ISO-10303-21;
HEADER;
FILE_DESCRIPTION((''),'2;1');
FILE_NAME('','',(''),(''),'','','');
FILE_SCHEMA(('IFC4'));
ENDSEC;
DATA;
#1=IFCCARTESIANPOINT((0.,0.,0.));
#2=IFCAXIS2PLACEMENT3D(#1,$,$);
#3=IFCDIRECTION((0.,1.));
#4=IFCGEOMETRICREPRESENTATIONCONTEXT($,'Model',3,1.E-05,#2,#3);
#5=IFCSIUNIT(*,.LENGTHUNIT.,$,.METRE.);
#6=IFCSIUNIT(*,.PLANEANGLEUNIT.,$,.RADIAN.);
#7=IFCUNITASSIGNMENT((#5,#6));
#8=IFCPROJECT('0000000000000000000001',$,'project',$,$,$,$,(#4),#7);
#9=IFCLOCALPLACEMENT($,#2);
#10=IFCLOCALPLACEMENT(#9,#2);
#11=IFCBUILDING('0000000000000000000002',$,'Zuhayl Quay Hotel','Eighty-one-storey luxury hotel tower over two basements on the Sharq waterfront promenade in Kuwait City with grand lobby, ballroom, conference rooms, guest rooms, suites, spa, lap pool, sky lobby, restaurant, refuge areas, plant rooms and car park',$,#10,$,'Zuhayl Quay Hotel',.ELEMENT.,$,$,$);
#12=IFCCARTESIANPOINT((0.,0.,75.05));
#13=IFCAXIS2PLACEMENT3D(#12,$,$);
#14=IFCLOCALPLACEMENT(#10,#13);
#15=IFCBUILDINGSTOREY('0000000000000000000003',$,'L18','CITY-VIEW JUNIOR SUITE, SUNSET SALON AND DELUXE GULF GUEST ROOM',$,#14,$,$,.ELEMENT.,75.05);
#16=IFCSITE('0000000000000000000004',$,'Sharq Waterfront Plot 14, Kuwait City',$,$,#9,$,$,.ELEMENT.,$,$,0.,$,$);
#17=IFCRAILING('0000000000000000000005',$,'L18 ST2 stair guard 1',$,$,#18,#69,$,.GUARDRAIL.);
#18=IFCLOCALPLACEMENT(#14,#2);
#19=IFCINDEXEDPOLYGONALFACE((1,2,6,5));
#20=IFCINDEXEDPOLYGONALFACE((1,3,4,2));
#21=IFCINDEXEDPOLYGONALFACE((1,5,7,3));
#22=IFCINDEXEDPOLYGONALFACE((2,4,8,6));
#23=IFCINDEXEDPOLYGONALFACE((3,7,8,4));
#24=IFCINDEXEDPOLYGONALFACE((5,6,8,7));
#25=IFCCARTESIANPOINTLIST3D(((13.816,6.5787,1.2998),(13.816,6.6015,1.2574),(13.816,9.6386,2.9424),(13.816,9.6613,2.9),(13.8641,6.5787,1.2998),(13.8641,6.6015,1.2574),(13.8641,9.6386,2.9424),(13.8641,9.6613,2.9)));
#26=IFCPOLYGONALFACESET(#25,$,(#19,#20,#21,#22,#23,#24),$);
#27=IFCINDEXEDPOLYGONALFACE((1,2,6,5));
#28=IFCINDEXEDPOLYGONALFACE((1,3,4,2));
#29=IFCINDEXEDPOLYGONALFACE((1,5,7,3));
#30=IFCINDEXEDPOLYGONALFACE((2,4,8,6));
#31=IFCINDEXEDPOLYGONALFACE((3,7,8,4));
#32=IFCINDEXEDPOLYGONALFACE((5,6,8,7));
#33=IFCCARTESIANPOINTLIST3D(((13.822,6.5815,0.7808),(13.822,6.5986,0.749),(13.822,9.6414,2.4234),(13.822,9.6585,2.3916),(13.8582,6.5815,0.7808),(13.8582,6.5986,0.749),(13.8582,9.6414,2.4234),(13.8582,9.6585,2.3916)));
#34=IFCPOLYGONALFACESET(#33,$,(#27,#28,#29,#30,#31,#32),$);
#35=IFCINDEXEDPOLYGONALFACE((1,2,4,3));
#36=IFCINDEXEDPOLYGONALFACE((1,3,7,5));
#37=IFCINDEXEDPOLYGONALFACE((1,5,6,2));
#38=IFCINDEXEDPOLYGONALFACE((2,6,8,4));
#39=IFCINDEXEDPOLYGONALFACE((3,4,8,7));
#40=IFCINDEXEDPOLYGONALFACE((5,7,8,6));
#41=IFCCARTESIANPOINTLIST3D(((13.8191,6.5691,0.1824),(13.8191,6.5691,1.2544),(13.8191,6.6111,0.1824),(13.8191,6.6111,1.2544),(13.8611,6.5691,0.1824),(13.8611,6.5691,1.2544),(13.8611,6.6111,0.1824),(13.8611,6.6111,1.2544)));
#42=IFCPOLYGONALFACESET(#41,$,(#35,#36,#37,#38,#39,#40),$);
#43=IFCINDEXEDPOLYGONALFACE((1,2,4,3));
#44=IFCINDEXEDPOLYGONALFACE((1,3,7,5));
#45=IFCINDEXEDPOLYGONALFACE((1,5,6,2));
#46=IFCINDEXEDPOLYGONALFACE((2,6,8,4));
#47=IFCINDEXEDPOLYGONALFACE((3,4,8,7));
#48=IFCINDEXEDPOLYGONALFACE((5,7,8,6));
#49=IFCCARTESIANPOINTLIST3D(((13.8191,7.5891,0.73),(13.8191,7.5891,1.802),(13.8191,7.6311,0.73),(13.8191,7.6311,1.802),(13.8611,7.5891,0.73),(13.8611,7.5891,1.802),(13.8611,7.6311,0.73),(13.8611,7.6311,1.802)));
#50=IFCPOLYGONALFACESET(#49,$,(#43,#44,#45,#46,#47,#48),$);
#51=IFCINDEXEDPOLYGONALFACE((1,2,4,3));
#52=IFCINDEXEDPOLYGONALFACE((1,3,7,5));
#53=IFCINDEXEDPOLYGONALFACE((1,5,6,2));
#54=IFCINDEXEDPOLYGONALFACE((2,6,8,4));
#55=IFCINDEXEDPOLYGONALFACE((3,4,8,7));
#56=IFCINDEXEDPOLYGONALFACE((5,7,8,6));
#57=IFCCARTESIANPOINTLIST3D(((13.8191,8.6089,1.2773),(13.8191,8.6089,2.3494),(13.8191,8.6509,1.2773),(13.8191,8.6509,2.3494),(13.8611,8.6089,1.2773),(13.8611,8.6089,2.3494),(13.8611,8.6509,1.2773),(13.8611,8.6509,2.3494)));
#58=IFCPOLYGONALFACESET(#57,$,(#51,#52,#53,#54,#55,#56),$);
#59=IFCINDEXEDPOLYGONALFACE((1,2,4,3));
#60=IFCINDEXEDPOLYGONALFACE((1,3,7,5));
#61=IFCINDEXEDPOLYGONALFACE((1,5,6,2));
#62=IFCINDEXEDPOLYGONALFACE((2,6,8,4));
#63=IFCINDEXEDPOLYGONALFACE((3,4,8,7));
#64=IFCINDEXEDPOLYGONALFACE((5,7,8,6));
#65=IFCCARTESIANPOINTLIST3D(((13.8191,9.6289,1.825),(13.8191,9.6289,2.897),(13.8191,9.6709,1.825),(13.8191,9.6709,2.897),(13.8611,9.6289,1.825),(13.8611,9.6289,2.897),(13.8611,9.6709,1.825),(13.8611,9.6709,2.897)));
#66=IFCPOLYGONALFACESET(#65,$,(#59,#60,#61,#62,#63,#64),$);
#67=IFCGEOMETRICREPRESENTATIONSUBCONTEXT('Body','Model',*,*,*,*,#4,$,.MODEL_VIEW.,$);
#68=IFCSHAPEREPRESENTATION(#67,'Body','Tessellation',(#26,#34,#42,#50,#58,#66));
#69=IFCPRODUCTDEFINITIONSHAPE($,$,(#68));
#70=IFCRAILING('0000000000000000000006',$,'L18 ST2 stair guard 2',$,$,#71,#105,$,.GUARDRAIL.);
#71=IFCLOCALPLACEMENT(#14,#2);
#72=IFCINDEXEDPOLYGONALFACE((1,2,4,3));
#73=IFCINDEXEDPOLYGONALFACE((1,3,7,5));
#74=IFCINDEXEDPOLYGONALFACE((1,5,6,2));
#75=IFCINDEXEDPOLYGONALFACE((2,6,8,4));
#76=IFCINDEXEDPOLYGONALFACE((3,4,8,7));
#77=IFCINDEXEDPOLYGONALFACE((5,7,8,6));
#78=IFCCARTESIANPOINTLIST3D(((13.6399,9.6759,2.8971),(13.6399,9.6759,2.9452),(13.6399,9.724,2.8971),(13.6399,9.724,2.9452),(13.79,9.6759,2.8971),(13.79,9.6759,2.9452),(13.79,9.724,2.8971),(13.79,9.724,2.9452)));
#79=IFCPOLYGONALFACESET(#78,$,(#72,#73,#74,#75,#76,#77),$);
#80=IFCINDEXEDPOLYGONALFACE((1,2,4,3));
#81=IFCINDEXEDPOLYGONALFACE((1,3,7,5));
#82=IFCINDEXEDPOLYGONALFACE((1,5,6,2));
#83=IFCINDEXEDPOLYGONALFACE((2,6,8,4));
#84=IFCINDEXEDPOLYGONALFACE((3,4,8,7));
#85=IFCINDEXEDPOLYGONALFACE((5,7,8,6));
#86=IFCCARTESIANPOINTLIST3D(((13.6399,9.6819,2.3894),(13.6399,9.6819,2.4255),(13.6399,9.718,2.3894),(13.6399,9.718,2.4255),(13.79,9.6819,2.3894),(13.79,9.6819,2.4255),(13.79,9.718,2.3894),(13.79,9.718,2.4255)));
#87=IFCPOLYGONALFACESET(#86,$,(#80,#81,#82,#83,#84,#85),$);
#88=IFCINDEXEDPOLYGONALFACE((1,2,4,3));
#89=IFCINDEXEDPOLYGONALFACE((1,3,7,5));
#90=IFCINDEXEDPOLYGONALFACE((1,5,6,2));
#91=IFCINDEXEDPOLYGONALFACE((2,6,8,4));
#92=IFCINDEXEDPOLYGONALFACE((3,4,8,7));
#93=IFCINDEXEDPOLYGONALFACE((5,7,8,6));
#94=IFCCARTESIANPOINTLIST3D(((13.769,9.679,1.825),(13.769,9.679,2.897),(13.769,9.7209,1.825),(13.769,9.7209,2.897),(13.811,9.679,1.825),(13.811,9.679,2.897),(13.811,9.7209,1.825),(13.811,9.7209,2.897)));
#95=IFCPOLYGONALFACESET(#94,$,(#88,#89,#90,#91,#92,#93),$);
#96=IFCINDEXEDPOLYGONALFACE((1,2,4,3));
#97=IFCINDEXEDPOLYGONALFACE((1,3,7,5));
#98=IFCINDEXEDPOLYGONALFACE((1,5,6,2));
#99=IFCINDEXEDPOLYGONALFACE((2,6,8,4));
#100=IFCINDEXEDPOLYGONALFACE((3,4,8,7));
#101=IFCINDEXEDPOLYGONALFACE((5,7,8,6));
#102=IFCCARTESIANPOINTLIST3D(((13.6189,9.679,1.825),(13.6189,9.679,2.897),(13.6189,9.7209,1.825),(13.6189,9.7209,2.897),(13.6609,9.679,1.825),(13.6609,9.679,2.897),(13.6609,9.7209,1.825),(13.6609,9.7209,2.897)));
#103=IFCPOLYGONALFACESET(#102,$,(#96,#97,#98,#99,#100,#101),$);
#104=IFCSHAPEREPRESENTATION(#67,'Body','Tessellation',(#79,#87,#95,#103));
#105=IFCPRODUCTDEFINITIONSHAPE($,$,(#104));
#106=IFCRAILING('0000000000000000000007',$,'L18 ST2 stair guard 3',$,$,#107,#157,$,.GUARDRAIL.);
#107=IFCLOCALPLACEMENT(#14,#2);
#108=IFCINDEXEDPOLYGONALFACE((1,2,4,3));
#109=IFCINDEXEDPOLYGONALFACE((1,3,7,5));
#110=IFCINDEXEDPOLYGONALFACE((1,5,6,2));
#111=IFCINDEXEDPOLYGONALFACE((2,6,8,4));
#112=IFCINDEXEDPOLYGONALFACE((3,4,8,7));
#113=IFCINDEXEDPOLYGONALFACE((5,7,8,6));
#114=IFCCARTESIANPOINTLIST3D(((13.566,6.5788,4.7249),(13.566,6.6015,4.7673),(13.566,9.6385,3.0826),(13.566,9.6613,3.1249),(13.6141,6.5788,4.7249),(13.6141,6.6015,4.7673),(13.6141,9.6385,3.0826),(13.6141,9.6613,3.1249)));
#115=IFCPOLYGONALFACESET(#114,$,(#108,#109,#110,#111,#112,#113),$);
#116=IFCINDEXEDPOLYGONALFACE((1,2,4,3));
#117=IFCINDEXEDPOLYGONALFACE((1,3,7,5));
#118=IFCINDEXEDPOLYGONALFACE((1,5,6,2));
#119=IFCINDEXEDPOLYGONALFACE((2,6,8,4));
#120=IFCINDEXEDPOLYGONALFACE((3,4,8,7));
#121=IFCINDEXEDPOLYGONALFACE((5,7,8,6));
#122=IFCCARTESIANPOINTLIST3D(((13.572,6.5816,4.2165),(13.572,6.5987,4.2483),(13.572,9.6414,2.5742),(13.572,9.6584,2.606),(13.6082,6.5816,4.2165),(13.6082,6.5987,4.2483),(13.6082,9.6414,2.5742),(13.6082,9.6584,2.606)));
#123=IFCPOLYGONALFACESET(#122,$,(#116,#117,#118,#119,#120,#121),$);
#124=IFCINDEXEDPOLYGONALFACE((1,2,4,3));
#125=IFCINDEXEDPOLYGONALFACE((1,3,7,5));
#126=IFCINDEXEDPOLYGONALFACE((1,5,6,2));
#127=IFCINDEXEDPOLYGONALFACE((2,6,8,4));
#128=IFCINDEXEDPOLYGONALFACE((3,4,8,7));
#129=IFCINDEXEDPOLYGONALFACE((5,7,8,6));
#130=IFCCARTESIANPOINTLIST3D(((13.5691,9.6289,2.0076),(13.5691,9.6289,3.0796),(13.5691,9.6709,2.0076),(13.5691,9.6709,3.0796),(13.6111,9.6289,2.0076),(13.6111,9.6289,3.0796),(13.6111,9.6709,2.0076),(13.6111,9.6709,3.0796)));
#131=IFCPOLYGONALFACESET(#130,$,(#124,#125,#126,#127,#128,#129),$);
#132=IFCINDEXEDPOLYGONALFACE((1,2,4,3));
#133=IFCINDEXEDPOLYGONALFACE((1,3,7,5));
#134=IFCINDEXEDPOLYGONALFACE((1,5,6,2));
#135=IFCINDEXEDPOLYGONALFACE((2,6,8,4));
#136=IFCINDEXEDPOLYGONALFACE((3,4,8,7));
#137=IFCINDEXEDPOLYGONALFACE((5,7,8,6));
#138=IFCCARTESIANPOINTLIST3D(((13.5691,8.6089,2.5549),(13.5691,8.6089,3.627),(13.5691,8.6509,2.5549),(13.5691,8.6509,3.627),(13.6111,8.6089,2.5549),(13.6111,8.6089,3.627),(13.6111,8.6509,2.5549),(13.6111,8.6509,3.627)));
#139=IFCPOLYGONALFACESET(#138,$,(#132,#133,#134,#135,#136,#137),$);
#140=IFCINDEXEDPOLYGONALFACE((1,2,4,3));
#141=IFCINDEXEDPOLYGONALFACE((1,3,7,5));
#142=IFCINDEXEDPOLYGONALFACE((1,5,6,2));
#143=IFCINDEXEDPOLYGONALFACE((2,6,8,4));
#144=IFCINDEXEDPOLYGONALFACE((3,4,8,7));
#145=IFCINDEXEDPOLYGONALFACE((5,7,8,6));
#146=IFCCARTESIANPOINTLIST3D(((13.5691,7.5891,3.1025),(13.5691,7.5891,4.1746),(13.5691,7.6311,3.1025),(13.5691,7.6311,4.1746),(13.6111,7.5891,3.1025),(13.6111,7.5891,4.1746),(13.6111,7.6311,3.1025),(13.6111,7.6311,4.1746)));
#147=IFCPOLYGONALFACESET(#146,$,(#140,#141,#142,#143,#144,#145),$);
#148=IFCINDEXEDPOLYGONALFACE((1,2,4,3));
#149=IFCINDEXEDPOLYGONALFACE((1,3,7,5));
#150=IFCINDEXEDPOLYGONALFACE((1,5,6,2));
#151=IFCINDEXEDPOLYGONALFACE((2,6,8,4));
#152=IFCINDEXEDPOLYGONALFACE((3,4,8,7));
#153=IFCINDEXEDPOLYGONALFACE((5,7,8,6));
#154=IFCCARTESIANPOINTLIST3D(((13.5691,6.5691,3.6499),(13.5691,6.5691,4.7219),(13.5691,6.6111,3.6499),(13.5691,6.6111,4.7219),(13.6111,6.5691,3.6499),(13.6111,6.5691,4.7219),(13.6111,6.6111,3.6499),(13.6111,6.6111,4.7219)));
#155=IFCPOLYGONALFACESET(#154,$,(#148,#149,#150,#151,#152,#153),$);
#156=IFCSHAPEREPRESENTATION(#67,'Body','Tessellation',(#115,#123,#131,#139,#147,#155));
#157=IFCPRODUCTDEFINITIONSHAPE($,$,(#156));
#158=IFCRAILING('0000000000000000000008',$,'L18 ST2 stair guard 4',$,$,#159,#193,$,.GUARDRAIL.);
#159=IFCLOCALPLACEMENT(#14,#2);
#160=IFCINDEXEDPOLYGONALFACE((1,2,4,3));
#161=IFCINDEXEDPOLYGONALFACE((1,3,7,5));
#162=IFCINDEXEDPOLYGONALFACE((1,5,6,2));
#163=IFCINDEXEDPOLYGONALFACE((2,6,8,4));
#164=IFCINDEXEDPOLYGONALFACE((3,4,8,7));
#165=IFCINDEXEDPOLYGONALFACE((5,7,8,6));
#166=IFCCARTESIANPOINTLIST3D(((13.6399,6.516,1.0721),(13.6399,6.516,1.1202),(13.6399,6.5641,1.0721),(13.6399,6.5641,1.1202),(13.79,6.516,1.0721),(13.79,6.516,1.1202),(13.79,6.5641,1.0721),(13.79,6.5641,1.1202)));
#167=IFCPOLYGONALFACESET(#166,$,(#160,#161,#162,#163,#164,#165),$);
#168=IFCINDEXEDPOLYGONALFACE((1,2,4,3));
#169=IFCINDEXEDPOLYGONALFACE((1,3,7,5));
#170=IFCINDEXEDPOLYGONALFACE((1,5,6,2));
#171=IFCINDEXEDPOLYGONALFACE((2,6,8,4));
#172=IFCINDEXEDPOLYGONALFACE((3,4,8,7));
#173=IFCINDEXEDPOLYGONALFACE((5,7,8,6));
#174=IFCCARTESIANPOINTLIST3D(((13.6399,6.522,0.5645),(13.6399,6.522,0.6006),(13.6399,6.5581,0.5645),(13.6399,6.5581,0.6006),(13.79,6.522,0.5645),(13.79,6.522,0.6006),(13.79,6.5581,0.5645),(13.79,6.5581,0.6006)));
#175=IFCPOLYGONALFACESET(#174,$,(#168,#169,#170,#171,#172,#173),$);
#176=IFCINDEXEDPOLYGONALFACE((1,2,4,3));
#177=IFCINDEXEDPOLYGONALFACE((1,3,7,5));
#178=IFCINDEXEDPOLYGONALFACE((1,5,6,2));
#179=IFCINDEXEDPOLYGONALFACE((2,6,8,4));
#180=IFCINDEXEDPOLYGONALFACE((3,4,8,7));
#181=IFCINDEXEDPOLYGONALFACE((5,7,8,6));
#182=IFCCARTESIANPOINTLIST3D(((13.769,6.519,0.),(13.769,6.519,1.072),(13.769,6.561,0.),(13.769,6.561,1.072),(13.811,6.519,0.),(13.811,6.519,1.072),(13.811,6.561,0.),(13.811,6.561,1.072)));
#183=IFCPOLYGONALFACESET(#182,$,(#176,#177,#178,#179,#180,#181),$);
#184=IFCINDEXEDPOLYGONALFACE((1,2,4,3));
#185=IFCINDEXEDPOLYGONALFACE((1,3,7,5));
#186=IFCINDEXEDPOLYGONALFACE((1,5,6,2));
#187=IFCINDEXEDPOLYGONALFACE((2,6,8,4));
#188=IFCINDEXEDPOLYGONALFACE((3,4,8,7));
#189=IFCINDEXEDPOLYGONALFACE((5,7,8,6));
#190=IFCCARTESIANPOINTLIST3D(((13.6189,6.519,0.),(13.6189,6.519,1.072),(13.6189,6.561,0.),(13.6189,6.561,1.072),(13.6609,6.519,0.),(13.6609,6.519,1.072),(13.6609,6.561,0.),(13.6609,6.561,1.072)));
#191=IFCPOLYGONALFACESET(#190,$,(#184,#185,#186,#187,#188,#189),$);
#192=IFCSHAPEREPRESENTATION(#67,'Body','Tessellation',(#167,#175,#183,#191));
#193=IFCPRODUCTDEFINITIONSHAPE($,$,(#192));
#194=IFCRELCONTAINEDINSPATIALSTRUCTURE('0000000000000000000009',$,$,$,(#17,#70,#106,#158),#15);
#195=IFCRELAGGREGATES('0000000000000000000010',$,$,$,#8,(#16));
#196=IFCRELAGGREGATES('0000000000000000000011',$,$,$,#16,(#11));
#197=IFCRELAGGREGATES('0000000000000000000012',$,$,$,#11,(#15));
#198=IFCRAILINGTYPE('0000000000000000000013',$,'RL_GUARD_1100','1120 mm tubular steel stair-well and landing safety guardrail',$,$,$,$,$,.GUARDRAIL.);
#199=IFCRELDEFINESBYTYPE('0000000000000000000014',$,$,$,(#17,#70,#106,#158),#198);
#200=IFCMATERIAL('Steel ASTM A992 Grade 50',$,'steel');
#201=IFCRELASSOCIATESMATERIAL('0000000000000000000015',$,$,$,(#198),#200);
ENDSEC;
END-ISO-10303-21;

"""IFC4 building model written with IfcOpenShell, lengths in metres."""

from ifc_helpers import new_model, si_unit, direction, frame, origin, origin_2d, place, context, subcontext, project, spatial, rectangle, extrude, material, type_object, element, save


model = new_model("IFC4")

# Units and contexts
model_context = context("Model", 3, precision=1e-05, world=origin(), true_north=direction((0.0, 1.0)))
body_context = subcontext(model_context, "Body", "Model", "MODEL_VIEW")
ifc_project = project(units=[si_unit("LENGTHUNIT", "METRE"), si_unit("PLANEANGLEUNIT", "RADIAN")], contexts=[model_context])

# Site, building, storey
site_placement = place(None, origin())
site = spatial("IfcSite", under=ifc_project, at=site_placement, Name="Sharq Waterfront Plot 14, Kuwait City", CompositionType="ELEMENT", RefElevation=0.0)
building_placement = place(site_placement, origin())
building = spatial("IfcBuilding", under=site, at=building_placement, Name="Zuhayl Quay Hotel", Description="Eighty-one-storey luxury hotel tower over two basements on the Sharq waterfront promenade in Kuwait City with grand lobby, ballroom, conference rooms, guest rooms, suites, spa, lap pool, sky lobby, restaurant, refuge areas, plant rooms and car park", LongName="Zuhayl Quay Hotel", CompositionType="ELEMENT")
storey_placement = place(building_placement, frame((0.0, 0.0, 75.05)))
storey = spatial("IfcBuildingStorey", under=building, at=storey_placement, Name="L18", Description="CITY-VIEW JUNIOR SUITE, SUNSET SALON AND DELUXE GULF GUEST ROOM", CompositionType="ELEMENT", Elevation=75.05)

# Shared definitions
ifc_material_1 = material(Name="Steel ASTM A992 Grade 50", Category="steel")

# Railings
railing_type_1 = type_object("IfcRailingType", Name="RL_GUARD_1100", Description="1120 mm tubular steel stair-well and landing safety guardrail", PredefinedType="GUARDRAIL", material=ifc_material_1)
railing_1_placement = place(storey_placement, frame((13.8401, 6.5901, 0.1824)))
element("IfcRailing", 1, at=railing_1_placement, inside=storey, type_object=railing_type_1, Name="L18 ST2 stair guard 1", PredefinedType="GUARDRAIL", context=body_context, shape_type="SweptSolid", body=[
    extrude(rectangle(XDim=0.0481, YDim=0.0481, at=origin_2d()), frame((0.0, 0.0, 1.0962), z_axis=(0.0, 0.881073, 0.47298), x_axis=(-1.0, 0.0, 0.0)), (0.0, 0.0, 1.0), 3.4729),
    extrude(rectangle(XDim=0.0361, YDim=0.0361, at=origin_2d()), frame((0.0, 0.0, 0.5825), z_axis=(0.0, 0.881073, 0.47298), x_axis=(-1.0, 0.0, 0.0)), (0.0, 0.0, 1.0), 3.4729),
    extrude(rectangle(XDim=0.042, YDim=0.042, at=origin_2d()), origin(), (0.0, 0.0, 1.0), 1.072),
    extrude(rectangle(XDim=0.042, YDim=0.042, at=origin_2d()), frame((0.0, 1.02, 0.5476)), (0.0, 0.0, 1.0), 1.072),
    extrude(rectangle(XDim=0.042, YDim=0.042, at=origin_2d()), frame((0.0, 2.0398, 1.095)), (0.0, 0.0, 1.0), 1.072),
    extrude(rectangle(XDim=0.042, YDim=0.042, at=origin_2d()), frame((0.0, 3.0598, 1.6426)), (0.0, 0.0, 1.0), 1.072),
])
railing_2_placement = place(storey_placement, frame((13.79, 9.7, 1.825)))
element("IfcRailing", 2, at=railing_2_placement, inside=storey, type_object=railing_type_1, Name="L18 ST2 stair guard 2", PredefinedType="GUARDRAIL", context=body_context, shape_type="SweptSolid", body=[
    extrude(rectangle(XDim=0.0481, YDim=0.0481, at=origin_2d()), frame((0.0, 0.0, 1.0962), z_axis=(-1.0, 0.0, 0.0), x_axis=(0.0, -1.0, 0.0)), (0.0, 0.0, 1.0), 0.1501),
    extrude(rectangle(XDim=0.0361, YDim=0.0361, at=origin_2d()), frame((0.0, 0.0, 0.5825), z_axis=(-1.0, 0.0, 0.0), x_axis=(0.0, -1.0, 0.0)), (0.0, 0.0, 1.0), 0.1501),
    extrude(rectangle(XDim=0.042, YDim=0.042, at=origin_2d()), origin(), (0.0, 0.0, 1.0), 1.072),
    extrude(rectangle(XDim=0.042, YDim=0.042, at=origin_2d()), frame((-0.1501, 0.0, 0.0)), (0.0, 0.0, 1.0), 1.072),
])
railing_3_placement = place(storey_placement, frame((13.5901, 9.6499, 2.0076)))
element("IfcRailing", 3, at=railing_3_placement, inside=storey, type_object=railing_type_1, Name="L18 ST2 stair guard 3", PredefinedType="GUARDRAIL", context=body_context, shape_type="SweptSolid", body=[
    extrude(rectangle(XDim=0.0481, YDim=0.0481, at=origin_2d()), frame((0.0, 0.0, 1.0962), z_axis=(0.0, -0.881102, 0.472926), x_axis=(1.0, 0.0, 0.0)), (0.0, 0.0, 1.0), 3.4727),
    extrude(rectangle(XDim=0.0361, YDim=0.0361, at=origin_2d()), frame((0.0, 0.0, 0.5825), z_axis=(0.0, -0.881102, 0.472926), x_axis=(1.0, 0.0, 0.0)), (0.0, 0.0, 1.0), 3.4727),
    extrude(rectangle(XDim=0.042, YDim=0.042, at=origin_2d()), origin(), (0.0, 0.0, 1.0), 1.072),
    extrude(rectangle(XDim=0.042, YDim=0.042, at=origin_2d()), frame((0.0, -1.02, 0.5474)), (0.0, 0.0, 1.0), 1.072),
    extrude(rectangle(XDim=0.042, YDim=0.042, at=origin_2d()), frame((0.0, -2.0398, 1.095)), (0.0, 0.0, 1.0), 1.072),
    extrude(rectangle(XDim=0.042, YDim=0.042, at=origin_2d()), frame((0.0, -3.0598, 1.6423)), (0.0, 0.0, 1.0), 1.072),
])
railing_4_placement = place(storey_placement, frame((13.79, 6.54, 0.0)))
element("IfcRailing", 4, at=railing_4_placement, inside=storey, type_object=railing_type_1, Name="L18 ST2 stair guard 4", PredefinedType="GUARDRAIL", context=body_context, shape_type="SweptSolid", body=[
    extrude(rectangle(XDim=0.0481, YDim=0.0481, at=origin_2d()), frame((0.0, 0.0, 1.0962), z_axis=(-1.0, 0.0, 0.0), x_axis=(0.0, -1.0, 0.0)), (0.0, 0.0, 1.0), 0.1501),
    extrude(rectangle(XDim=0.0361, YDim=0.0361, at=origin_2d()), frame((0.0, 0.0, 0.5825), z_axis=(-1.0, 0.0, 0.0), x_axis=(0.0, -1.0, 0.0)), (0.0, 0.0, 1.0), 0.1501),
    extrude(rectangle(XDim=0.042, YDim=0.042, at=origin_2d()), origin(), (0.0, 0.0, 1.0), 1.072),
    extrude(rectangle(XDim=0.042, YDim=0.042, at=origin_2d()), frame((-0.1501, 0.0, 0.0)), (0.0, 0.0, 1.0), 1.072),
])

save(model, "model.ifc")
